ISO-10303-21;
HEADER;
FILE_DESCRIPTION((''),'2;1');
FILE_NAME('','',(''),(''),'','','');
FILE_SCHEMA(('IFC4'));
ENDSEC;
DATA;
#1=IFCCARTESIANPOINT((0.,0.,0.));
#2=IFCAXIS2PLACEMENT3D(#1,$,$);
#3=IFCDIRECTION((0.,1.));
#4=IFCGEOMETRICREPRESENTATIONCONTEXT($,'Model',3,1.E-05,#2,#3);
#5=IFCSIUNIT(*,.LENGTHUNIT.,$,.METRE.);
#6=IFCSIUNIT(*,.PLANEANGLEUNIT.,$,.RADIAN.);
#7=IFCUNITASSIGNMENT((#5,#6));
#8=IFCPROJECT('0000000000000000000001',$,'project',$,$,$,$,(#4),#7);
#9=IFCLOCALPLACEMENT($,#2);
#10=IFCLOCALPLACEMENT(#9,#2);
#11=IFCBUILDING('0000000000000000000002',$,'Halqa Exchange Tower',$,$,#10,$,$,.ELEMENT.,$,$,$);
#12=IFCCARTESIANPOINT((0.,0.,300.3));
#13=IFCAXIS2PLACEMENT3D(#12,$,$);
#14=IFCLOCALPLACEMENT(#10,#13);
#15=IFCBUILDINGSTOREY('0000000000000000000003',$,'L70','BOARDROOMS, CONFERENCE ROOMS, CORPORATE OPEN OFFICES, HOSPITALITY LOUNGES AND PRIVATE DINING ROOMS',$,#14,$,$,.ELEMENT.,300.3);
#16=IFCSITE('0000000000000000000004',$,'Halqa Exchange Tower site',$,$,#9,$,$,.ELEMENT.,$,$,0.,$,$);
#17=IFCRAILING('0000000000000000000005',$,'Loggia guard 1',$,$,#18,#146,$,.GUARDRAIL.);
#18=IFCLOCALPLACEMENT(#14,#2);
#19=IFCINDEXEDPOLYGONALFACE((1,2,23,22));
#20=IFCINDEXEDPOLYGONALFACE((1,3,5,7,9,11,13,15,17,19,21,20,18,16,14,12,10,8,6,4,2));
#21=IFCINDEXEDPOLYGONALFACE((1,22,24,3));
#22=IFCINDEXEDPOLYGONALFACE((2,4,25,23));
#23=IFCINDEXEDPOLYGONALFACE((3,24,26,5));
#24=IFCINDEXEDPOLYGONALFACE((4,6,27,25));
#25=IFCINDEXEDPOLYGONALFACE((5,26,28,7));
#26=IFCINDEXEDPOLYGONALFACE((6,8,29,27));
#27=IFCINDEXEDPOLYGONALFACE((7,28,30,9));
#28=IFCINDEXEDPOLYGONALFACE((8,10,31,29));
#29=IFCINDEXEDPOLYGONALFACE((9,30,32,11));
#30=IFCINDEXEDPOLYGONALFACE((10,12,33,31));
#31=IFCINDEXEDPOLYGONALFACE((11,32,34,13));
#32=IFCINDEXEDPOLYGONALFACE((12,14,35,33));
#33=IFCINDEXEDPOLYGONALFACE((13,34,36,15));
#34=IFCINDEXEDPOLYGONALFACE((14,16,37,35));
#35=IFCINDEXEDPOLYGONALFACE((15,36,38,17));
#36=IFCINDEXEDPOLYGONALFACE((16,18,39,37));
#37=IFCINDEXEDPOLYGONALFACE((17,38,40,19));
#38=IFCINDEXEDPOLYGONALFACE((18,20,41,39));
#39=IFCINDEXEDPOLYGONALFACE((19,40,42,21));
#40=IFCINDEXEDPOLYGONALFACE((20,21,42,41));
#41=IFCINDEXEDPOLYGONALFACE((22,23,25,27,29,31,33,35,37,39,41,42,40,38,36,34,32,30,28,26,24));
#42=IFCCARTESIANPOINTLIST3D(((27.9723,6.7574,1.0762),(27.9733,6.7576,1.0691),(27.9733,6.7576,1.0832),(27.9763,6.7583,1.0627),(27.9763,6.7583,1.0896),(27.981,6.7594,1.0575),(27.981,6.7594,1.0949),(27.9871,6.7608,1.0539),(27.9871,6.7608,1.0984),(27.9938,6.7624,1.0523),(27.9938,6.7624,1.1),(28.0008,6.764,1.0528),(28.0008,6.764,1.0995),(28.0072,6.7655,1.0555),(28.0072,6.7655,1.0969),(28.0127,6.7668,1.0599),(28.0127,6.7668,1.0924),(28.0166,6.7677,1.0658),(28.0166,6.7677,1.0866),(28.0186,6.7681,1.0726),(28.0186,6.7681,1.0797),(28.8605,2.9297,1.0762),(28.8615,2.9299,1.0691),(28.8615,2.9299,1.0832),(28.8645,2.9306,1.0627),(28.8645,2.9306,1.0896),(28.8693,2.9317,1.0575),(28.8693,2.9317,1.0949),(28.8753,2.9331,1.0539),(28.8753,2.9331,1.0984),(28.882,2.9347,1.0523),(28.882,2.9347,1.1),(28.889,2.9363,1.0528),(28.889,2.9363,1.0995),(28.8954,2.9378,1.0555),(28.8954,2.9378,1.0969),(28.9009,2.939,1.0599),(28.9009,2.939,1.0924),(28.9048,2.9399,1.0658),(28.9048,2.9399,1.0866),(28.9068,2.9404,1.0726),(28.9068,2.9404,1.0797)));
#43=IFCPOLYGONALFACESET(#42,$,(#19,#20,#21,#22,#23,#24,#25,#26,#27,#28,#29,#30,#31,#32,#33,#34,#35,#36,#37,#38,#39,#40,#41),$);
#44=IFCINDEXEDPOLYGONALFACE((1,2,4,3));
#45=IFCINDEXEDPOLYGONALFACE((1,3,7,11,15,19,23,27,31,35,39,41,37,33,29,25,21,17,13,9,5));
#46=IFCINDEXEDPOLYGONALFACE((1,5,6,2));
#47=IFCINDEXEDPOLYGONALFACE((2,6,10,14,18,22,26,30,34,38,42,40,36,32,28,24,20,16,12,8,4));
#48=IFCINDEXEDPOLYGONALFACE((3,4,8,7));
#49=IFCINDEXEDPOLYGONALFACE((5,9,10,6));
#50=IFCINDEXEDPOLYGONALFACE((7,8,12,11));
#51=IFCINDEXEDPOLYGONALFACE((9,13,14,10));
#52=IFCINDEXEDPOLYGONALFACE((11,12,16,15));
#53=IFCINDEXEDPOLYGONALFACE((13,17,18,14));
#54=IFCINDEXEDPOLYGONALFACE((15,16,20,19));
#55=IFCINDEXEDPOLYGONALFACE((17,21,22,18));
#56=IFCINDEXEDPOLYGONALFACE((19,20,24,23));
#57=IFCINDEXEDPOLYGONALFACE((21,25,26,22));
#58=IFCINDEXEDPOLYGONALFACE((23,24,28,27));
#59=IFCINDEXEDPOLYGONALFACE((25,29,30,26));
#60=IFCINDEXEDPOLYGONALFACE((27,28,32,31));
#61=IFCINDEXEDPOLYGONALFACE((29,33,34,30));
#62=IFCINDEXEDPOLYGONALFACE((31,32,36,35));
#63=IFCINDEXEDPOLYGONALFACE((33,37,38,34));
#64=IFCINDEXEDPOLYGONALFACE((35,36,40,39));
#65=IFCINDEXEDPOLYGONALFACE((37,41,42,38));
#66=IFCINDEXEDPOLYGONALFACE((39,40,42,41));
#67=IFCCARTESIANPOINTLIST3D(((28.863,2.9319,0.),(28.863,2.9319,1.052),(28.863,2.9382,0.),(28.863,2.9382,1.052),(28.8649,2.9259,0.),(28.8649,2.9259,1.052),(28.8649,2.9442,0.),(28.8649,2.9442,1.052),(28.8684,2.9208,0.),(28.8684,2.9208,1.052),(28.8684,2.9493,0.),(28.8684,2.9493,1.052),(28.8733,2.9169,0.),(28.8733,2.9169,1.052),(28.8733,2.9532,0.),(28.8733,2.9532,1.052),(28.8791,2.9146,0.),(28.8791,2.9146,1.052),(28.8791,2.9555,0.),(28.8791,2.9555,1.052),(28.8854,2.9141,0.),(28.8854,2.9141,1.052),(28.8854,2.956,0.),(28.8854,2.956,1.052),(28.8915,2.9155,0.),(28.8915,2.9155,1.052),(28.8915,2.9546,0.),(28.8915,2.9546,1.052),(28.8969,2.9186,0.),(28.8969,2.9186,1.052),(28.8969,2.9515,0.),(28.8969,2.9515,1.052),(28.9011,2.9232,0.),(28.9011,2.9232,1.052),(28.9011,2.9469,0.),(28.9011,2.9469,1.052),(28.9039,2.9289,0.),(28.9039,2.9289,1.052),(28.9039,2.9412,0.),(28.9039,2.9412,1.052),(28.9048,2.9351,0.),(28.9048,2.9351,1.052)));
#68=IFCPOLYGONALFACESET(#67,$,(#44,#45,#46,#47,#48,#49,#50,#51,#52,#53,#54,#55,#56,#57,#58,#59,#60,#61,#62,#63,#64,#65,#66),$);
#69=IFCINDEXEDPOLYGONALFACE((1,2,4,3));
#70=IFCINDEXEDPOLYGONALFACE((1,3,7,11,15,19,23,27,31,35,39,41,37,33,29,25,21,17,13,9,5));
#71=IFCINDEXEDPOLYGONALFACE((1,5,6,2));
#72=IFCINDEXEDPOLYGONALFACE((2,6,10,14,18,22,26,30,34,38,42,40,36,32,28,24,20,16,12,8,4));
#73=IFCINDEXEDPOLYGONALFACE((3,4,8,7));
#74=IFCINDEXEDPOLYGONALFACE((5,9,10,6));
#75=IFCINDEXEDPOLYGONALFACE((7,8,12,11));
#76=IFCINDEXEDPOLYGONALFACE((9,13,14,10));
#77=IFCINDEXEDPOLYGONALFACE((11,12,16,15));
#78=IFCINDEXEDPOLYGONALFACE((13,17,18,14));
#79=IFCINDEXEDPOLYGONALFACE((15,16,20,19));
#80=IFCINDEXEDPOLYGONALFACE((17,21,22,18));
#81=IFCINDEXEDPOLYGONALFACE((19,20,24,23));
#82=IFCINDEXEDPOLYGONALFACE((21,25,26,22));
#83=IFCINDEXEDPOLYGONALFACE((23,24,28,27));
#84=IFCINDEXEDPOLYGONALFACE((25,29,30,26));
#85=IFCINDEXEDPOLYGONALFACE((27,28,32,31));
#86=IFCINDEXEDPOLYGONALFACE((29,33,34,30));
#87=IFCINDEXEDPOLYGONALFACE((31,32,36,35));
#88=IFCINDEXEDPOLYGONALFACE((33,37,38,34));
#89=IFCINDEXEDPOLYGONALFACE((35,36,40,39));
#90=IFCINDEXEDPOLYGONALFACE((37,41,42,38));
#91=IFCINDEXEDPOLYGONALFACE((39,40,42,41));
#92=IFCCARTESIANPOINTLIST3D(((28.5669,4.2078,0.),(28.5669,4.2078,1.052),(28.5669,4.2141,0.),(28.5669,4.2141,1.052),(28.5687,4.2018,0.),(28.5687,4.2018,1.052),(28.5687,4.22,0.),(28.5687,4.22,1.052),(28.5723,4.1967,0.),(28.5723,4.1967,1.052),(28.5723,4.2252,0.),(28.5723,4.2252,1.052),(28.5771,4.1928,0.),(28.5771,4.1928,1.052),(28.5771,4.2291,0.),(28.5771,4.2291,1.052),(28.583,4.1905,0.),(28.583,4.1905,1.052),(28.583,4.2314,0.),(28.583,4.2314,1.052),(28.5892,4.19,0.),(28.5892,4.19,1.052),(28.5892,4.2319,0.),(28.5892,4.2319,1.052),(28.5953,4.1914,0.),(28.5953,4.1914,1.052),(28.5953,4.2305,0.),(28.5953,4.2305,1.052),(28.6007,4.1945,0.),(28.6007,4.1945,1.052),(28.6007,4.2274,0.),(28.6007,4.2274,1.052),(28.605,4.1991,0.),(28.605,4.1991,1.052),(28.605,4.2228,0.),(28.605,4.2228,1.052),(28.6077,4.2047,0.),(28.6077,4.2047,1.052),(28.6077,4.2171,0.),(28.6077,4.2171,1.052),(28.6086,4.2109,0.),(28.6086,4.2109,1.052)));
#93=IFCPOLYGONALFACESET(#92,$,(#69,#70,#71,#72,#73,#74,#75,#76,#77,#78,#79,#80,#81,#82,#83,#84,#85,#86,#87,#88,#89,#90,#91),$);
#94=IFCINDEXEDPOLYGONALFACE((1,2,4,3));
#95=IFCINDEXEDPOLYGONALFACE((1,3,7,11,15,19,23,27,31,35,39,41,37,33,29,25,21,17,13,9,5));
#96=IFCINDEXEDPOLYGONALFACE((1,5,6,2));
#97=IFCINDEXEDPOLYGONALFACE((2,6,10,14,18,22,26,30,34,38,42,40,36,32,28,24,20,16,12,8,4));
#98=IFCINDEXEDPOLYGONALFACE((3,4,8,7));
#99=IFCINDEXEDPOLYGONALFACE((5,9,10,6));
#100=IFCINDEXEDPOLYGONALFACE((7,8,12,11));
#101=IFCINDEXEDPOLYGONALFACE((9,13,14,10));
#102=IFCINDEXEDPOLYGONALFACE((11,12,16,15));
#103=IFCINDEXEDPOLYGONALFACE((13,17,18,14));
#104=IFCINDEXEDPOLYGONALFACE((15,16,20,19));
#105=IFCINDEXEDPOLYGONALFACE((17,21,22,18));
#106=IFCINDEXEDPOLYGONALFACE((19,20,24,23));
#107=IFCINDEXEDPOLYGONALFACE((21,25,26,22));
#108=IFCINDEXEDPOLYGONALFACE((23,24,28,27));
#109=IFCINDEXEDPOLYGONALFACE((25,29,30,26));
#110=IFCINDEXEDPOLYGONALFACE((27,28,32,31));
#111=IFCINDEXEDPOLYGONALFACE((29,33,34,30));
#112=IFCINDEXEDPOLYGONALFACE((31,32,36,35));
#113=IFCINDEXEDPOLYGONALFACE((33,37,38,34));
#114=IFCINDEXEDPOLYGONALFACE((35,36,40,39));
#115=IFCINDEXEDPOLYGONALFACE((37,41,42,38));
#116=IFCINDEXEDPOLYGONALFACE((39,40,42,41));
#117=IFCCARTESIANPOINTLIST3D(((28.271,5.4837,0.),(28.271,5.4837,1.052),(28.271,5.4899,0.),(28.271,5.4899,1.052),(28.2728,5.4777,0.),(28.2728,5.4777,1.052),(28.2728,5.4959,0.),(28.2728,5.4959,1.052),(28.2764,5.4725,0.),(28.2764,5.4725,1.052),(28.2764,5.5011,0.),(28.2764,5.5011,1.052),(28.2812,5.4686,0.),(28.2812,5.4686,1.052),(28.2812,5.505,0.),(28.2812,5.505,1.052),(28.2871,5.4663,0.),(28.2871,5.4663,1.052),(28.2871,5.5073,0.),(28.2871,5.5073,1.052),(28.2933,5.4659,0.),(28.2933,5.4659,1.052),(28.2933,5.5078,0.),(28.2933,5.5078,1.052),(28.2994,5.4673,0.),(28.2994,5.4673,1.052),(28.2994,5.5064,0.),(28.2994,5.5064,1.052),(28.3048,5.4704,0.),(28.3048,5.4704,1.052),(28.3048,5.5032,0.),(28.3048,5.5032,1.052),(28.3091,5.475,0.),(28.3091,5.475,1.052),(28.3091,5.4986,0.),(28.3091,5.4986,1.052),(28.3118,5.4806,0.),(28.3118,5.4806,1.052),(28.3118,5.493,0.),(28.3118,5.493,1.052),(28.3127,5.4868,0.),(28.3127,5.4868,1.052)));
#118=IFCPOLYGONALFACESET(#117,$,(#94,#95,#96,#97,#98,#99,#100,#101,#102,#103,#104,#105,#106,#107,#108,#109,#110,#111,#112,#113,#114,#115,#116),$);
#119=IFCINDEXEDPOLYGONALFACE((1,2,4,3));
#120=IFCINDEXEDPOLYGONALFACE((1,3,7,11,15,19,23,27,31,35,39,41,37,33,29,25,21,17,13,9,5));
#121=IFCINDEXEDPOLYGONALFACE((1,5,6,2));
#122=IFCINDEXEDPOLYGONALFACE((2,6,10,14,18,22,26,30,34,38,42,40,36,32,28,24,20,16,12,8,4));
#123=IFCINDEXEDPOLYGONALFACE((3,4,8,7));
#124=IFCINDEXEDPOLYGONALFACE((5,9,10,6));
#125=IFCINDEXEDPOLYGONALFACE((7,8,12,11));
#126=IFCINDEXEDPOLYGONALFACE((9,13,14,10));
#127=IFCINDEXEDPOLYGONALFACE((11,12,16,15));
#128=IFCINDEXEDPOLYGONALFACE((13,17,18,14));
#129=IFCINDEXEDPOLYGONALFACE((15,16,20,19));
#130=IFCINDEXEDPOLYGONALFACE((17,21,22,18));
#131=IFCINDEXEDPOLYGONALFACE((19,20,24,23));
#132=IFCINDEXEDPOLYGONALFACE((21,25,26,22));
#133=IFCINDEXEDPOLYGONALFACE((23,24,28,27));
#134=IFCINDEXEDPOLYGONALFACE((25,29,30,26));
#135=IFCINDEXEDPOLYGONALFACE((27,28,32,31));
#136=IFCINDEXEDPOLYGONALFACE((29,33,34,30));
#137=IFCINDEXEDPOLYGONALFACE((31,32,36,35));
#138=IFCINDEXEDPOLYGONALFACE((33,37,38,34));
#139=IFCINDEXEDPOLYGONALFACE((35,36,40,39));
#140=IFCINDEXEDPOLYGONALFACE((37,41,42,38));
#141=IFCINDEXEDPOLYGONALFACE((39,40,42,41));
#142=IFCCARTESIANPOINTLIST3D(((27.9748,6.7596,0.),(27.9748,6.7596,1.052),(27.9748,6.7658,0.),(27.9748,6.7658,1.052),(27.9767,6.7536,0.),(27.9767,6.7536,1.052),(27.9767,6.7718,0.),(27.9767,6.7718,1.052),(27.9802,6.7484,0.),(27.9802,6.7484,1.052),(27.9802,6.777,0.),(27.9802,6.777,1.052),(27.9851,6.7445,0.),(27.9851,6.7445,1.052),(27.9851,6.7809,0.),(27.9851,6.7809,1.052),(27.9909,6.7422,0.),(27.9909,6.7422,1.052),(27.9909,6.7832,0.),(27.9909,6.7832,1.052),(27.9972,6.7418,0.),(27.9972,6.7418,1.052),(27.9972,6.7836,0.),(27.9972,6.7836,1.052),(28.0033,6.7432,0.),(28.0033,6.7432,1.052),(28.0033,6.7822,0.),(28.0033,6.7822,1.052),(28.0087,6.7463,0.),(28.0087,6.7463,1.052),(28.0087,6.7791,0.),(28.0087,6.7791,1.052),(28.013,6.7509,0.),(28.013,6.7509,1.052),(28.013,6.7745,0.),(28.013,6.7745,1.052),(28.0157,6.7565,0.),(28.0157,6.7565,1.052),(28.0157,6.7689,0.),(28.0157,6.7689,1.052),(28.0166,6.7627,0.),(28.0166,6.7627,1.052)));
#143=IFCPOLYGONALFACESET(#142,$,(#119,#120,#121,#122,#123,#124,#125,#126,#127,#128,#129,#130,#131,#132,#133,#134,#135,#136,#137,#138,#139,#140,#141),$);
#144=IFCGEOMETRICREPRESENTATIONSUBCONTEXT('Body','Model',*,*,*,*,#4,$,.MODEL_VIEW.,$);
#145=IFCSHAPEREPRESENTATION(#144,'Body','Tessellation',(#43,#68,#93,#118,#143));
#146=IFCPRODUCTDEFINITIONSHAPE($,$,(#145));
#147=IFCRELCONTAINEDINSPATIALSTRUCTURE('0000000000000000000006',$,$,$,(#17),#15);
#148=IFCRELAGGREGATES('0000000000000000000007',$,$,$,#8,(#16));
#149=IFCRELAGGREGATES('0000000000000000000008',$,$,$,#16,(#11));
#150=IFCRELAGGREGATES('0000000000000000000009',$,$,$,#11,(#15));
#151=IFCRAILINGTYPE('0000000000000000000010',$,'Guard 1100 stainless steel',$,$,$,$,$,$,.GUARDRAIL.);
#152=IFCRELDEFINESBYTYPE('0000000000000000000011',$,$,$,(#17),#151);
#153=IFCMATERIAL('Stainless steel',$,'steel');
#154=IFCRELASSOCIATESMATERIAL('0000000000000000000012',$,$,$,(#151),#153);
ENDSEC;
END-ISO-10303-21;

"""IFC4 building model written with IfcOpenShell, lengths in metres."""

from ifc_helpers import new_model, si_unit, direction, frame, origin, origin_2d, place, context, subcontext, project, spatial, circle, extrude, material, type_object, element, save


model = new_model("IFC4")

# Units and contexts
model_context = context("Model", 3, precision=1e-05, world=origin(), true_north=direction((0.0, 1.0)))
body_context = subcontext(model_context, "Body", "Model", "MODEL_VIEW")
ifc_project = project(units=[si_unit("LENGTHUNIT", "METRE"), si_unit("PLANEANGLEUNIT", "RADIAN")], contexts=[model_context])

# Site, building, storey
site_placement = place(None, origin())
site = spatial("IfcSite", under=ifc_project, at=site_placement, Name="Halqa Exchange Tower site", CompositionType="ELEMENT", RefElevation=0.0)
building_placement = place(site_placement, origin())
building = spatial("IfcBuilding", under=site, at=building_placement, Name="Halqa Exchange Tower", CompositionType="ELEMENT")
storey_placement = place(building_placement, frame((0.0, 0.0, 300.3)))
storey = spatial("IfcBuildingStorey", under=building, at=storey_placement, Name="L70", Description="BOARDROOMS, CONFERENCE ROOMS, CORPORATE OPEN OFFICES, HOSPITALITY LOUNGES AND PRIVATE DINING ROOMS", CompositionType="ELEMENT", Elevation=300.3)

# Railing
ifc_material_1 = material(Name="Stainless steel", Category="steel")
railing_type = type_object("IfcRailingType", Name="Guard 1100 stainless steel", PredefinedType="GUARDRAIL", material=ifc_material_1)
railing_1_placement = place(storey_placement, frame((28.8838, 2.9351, 0.0)))
element("IfcRailing", 1, at=railing_1_placement, inside=storey, type_object=railing_type, Name="Loggia guard 1", PredefinedType="GUARDRAIL", context=body_context, shape_type="SweptSolid", body=[
    extrude(circle(Radius=0.0239, at=origin_2d()), frame((0.0, 0.0, 1.0762), z_axis=(-0.226039, 0.974118, 0.0), x_axis=(-0.974118, -0.226039, 0.0)), (0.0, 0.0, 1.0), 3.9294),
    extrude(circle(Radius=0.021, at=origin_2d()), origin(), (0.0, 0.0, 1.0), 1.052),
    extrude(circle(Radius=0.021, at=origin_2d()), frame((-0.2961, 1.2759, 0.0)), (0.0, 0.0, 1.0), 1.052),
    extrude(circle(Radius=0.021, at=origin_2d()), frame((-0.592, 2.5518, 0.0)), (0.0, 0.0, 1.0), 1.052),
    extrude(circle(Radius=0.021, at=origin_2d()), frame((-0.8882, 3.8276, 0.0)), (0.0, 0.0, 1.0), 1.052),
])

save(model, "model.ifc")
